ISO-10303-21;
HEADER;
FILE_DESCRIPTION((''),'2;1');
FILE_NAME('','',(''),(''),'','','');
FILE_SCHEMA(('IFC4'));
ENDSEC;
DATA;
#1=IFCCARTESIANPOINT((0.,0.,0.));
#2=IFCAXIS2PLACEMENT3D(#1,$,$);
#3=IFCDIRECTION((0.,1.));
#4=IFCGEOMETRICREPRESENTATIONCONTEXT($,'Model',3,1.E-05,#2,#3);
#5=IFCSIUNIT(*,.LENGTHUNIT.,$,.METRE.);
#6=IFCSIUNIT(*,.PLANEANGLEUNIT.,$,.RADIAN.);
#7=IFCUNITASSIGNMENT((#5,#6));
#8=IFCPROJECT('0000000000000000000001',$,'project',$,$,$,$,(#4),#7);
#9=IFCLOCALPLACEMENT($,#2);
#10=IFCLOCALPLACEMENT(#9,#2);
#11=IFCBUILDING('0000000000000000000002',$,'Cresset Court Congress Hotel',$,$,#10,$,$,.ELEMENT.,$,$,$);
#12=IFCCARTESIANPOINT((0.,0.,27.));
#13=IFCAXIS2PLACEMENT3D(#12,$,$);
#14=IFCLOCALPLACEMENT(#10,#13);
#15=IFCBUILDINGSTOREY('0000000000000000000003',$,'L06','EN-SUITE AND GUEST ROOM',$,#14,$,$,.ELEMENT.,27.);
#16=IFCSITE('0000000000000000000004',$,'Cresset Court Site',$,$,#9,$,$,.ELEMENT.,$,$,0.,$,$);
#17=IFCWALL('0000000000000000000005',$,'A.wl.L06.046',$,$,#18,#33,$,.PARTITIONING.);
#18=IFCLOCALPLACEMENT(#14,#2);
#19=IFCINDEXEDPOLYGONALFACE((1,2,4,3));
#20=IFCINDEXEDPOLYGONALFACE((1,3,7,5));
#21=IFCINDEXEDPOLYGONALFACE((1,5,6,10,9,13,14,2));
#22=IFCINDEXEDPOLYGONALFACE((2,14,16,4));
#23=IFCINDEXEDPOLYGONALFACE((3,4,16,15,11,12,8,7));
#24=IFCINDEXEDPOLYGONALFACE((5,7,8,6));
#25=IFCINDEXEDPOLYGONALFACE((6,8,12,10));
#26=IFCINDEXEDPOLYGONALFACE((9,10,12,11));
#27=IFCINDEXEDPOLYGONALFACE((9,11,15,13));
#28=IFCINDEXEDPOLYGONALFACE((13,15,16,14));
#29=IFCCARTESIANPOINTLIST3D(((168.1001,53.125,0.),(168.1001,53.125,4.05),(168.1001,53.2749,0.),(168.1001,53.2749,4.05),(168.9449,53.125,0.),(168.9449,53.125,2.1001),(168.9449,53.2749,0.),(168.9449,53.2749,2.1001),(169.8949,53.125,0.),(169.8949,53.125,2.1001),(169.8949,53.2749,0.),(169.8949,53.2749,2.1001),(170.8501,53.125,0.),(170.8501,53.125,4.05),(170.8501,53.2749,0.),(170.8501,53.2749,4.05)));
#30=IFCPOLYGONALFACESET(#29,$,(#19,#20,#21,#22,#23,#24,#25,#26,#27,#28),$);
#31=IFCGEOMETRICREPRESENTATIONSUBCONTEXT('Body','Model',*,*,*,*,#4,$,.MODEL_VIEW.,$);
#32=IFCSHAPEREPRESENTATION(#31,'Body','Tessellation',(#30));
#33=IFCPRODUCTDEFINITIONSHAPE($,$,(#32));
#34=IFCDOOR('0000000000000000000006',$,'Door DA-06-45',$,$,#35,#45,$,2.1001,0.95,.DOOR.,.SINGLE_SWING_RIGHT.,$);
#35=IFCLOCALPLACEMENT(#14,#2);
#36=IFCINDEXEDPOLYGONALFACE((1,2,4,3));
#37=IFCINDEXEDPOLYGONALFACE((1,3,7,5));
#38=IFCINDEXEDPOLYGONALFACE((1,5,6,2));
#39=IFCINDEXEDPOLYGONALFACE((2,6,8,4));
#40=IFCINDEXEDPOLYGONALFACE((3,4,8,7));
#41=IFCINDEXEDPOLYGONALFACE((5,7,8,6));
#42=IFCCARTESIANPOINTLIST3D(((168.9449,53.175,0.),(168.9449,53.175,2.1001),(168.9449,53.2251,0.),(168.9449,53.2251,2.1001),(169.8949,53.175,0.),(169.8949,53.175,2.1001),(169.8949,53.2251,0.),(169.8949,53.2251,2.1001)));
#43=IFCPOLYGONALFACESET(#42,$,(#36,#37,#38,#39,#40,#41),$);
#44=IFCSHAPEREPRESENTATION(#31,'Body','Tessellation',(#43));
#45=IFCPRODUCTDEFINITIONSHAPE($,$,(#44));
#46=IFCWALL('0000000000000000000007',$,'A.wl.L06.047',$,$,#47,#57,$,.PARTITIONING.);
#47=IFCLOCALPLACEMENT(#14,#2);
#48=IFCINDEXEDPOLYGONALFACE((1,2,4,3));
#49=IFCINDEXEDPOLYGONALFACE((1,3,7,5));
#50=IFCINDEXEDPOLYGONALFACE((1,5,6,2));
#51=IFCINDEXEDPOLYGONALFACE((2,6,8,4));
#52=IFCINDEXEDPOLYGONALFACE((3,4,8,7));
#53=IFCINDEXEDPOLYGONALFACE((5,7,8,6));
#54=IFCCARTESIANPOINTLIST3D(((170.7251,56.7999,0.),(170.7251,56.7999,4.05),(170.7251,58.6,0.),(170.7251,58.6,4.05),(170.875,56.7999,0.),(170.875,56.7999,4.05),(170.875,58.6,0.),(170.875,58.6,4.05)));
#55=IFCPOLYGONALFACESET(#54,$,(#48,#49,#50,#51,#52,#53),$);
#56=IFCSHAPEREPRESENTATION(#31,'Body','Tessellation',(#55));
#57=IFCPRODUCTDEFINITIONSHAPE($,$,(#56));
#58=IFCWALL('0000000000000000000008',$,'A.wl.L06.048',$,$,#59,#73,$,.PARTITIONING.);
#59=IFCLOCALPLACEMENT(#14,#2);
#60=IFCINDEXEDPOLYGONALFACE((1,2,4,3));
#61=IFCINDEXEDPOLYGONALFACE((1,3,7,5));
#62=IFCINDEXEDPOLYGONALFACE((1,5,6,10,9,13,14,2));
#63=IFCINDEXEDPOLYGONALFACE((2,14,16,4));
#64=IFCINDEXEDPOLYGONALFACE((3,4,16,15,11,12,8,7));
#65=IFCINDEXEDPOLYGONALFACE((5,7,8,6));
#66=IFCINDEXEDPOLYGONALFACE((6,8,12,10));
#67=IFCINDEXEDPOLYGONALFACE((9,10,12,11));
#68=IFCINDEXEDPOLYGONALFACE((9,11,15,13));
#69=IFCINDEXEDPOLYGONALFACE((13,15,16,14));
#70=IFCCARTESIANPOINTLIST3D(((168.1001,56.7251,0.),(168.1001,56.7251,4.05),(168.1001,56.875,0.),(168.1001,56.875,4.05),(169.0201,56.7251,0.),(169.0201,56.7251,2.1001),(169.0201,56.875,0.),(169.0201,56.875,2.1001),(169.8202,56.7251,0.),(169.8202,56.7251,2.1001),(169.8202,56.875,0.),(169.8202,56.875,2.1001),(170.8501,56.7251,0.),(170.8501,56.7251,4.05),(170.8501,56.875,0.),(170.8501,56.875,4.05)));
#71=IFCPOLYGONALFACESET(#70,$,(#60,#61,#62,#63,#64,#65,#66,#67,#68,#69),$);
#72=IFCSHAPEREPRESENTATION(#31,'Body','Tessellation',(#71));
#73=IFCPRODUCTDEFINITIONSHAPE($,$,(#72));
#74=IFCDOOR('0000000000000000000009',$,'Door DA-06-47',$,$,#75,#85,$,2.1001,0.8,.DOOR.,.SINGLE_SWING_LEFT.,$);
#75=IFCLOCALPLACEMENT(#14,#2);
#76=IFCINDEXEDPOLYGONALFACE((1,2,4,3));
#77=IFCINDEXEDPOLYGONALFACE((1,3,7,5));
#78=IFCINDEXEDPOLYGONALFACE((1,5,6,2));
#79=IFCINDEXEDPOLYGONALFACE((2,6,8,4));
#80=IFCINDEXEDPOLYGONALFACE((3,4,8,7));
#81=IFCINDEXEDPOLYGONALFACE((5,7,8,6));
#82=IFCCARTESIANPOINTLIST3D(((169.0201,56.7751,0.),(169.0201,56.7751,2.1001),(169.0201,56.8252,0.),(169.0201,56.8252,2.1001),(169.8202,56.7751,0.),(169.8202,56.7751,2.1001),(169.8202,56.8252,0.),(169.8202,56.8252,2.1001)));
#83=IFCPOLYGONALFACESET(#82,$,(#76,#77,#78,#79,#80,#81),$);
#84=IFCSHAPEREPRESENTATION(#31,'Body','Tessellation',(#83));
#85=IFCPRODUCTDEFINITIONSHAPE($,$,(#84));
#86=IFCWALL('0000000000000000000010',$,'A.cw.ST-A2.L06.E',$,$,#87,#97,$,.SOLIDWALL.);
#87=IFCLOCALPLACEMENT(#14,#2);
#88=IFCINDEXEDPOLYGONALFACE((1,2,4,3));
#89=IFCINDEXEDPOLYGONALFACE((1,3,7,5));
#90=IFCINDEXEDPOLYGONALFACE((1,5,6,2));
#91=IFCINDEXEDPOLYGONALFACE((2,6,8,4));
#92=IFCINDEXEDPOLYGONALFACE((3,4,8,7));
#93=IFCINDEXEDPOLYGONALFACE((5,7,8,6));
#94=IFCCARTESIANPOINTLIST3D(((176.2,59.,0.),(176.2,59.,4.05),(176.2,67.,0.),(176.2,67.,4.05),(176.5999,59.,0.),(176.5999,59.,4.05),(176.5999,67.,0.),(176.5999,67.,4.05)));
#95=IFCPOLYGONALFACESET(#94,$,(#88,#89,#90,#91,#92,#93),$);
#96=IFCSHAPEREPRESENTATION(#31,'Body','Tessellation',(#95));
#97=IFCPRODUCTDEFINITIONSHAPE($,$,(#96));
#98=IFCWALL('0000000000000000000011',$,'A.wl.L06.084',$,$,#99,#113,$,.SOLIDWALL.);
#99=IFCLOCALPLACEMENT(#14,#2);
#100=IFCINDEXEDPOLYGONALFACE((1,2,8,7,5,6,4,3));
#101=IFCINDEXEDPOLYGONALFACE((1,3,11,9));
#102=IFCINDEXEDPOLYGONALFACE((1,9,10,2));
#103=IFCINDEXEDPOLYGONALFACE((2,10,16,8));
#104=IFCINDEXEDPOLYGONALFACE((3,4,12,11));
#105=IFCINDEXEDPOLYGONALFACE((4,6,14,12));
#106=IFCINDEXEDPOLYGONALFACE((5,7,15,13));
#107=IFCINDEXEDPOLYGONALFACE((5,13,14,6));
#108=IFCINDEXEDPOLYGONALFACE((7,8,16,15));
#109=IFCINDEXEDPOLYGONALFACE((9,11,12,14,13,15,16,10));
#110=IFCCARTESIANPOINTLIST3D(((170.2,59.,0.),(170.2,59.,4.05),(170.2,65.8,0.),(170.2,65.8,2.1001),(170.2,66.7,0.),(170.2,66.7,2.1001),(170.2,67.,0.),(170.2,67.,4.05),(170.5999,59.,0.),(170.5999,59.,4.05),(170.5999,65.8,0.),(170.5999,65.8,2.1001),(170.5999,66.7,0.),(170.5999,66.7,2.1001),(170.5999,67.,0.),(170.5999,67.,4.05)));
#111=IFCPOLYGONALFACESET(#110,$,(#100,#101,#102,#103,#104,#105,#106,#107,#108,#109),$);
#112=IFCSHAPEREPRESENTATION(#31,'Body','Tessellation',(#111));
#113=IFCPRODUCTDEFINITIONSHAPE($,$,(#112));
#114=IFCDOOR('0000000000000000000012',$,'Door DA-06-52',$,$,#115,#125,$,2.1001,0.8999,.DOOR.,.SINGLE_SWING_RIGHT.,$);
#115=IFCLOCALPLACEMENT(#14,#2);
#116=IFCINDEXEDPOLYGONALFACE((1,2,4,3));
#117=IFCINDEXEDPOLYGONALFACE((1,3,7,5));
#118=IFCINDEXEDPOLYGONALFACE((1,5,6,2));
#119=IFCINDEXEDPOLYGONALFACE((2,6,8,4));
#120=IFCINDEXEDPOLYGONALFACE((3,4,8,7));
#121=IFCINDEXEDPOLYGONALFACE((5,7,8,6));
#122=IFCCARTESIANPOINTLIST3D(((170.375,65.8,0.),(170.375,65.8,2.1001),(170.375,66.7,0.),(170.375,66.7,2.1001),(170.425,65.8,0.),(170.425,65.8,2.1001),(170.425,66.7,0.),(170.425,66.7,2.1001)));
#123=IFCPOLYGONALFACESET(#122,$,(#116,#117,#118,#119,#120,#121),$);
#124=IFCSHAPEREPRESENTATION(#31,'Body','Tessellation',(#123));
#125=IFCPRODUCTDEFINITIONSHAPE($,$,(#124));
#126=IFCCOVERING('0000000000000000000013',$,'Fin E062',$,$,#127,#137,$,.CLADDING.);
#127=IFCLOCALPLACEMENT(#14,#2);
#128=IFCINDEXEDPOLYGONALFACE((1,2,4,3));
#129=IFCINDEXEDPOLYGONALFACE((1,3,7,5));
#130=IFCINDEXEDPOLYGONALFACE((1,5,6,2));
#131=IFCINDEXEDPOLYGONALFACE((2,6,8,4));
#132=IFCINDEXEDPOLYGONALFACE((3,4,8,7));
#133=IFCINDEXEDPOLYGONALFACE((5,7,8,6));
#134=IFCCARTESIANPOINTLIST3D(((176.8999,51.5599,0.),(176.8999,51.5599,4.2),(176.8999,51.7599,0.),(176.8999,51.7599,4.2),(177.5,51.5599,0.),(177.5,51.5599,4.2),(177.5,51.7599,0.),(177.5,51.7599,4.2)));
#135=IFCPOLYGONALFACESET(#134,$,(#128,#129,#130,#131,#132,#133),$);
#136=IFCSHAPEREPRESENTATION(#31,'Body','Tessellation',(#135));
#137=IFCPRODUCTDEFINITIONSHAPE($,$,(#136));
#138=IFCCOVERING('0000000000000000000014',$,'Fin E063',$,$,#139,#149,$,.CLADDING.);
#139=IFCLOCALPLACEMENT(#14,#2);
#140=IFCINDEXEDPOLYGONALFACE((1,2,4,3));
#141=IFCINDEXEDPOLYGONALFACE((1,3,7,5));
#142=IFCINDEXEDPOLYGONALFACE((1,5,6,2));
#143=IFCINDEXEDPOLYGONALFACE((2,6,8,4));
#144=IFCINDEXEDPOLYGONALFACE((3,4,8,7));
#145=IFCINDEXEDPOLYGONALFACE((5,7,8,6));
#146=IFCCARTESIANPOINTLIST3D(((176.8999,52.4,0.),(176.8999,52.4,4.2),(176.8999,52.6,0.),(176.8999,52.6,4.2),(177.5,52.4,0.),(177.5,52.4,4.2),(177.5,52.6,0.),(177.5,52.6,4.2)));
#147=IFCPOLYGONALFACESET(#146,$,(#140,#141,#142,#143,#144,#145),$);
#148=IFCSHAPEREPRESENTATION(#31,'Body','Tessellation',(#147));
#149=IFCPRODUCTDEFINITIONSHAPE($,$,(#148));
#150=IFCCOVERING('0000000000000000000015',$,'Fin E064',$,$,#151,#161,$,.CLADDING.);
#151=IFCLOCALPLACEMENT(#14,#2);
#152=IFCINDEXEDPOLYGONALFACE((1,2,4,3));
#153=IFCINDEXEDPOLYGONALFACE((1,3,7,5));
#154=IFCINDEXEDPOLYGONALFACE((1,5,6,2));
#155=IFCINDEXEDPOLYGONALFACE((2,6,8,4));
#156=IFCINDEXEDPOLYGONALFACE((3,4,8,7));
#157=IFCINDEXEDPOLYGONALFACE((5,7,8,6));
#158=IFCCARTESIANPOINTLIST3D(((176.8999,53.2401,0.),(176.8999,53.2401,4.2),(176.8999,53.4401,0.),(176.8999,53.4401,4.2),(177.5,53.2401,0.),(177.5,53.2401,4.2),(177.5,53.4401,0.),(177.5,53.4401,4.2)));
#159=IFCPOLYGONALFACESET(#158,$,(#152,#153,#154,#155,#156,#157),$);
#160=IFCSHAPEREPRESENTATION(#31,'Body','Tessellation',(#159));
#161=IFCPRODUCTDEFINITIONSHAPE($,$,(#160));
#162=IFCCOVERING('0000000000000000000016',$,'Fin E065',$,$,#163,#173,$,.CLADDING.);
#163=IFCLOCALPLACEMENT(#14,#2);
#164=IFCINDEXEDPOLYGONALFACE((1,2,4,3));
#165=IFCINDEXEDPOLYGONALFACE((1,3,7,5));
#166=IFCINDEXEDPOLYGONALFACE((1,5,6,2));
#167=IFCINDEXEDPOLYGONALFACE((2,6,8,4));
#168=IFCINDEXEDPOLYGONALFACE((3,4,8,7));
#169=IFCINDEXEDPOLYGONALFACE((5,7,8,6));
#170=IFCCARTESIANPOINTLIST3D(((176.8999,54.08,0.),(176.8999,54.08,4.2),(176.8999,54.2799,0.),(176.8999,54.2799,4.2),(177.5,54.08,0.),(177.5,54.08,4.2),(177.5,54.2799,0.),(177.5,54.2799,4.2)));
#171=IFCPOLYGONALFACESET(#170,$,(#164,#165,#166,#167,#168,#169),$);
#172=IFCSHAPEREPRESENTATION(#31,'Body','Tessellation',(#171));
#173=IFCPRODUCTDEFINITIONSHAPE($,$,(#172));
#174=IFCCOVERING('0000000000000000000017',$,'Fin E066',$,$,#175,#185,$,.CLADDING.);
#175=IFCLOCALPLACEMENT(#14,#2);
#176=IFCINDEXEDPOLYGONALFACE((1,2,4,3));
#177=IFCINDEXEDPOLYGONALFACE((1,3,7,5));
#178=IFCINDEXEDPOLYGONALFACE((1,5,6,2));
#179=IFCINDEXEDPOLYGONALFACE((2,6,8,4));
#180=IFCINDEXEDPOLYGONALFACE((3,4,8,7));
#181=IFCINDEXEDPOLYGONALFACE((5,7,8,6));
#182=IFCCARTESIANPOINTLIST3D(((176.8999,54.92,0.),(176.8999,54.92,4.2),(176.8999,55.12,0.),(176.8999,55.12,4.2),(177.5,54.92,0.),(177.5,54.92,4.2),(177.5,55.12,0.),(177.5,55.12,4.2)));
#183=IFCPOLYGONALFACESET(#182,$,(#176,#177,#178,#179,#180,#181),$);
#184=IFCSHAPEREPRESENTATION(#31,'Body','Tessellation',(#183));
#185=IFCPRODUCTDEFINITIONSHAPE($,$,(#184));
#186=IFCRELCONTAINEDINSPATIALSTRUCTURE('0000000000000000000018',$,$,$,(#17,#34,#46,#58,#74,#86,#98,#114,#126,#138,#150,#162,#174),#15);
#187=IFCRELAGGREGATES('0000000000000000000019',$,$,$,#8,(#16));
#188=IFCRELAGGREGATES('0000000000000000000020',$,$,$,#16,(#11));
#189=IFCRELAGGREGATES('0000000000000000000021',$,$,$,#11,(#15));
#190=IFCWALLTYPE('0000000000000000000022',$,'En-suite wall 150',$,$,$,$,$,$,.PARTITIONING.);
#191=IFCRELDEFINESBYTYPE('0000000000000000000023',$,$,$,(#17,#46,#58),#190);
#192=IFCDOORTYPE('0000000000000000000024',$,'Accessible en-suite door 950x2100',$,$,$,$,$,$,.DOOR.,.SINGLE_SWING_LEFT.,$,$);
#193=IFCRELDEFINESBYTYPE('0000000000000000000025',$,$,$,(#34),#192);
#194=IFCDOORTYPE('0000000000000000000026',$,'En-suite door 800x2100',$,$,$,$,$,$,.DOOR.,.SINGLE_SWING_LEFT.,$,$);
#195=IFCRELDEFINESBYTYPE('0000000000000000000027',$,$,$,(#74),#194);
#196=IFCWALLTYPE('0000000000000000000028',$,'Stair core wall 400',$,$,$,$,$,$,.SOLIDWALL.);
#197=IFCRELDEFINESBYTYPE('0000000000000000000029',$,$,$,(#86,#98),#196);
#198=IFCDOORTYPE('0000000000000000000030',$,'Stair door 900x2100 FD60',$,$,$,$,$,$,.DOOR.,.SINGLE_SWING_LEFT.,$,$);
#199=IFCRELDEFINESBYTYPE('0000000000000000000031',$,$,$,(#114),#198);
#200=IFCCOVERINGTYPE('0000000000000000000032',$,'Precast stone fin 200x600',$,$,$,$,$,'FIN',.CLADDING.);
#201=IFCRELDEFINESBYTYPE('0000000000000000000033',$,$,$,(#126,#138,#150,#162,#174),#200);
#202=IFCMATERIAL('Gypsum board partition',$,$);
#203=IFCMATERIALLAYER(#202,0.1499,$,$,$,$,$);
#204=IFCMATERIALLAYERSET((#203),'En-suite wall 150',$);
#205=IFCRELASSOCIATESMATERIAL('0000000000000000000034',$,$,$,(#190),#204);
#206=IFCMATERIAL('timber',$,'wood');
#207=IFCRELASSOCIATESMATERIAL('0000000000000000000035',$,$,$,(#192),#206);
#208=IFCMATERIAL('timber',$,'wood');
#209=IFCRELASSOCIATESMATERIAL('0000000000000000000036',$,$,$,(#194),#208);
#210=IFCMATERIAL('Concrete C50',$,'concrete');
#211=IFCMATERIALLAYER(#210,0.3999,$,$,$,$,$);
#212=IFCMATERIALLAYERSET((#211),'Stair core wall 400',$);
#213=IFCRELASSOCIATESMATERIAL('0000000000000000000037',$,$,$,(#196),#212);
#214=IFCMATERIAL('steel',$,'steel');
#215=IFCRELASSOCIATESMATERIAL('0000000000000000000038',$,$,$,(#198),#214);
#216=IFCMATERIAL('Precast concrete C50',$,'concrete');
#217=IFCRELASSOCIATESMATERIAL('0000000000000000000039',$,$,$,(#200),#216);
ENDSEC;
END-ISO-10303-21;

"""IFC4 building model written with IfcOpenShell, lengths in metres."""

from ifc_helpers import new_model, si_unit, direction, frame, frame_2d, origin, origin_2d, place, context, subcontext, project, spatial, rectangle, extrude, material, layer, layer_set, type_object, element, fill, save


model = new_model("IFC4")

# Units and contexts
model_context = context("Model", 3, precision=1e-05, world=origin(), true_north=direction((0.0, 1.0)))
body_context = subcontext(model_context, "Body", "Model", "MODEL_VIEW")
ifc_project = project(units=[si_unit("LENGTHUNIT", "METRE"), si_unit("PLANEANGLEUNIT", "RADIAN")], contexts=[model_context])

# Site, building, storey
site_placement = place(None, origin())
site = spatial("IfcSite", under=ifc_project, at=site_placement, Name="Cresset Court Site", CompositionType="ELEMENT", RefElevation=0.0)
building_placement = place(site_placement, origin())
building = spatial("IfcBuilding", under=site, at=building_placement, Name="Cresset Court Congress Hotel", CompositionType="ELEMENT")
storey_placement = place(building_placement, frame((0.0, 0.0, 27.0)))
storey = spatial("IfcBuildingStorey", under=building, at=storey_placement, Name="L06", Description="EN-SUITE AND GUEST ROOM", CompositionType="ELEMENT", Elevation=27.0)

# Wall, opening, door
ifc_material_1 = material(Name="Gypsum board partition")
ifc_layer_1 = layer(ifc_material_1, 0.1499)
ifc_layer_set_1 = layer_set([ifc_layer_1], Name="En-suite wall 150")
wall_type_1 = type_object("IfcWallType", Name="En-suite wall 150", PredefinedType="PARTITIONING", material=ifc_layer_set_1)
wall_1_placement = place(storey_placement, frame((170.8501, 53.2, 0.0), z_axis=(0.0, 0.0, 1.0), x_axis=(-1.0, 0.0, 0.0)))
wall_1 = element("IfcWall", 1, at=wall_1_placement, inside=storey, type_object=wall_type_1, Name="A.wl.L06.046", PredefinedType="PARTITIONING", context=body_context, shape_type="SweptSolid", body=[
    extrude(rectangle(XDim=2.75, YDim=0.1499, at=frame_2d((1.375, 0.0))), origin(), (0.0, 0.0, 1.0), 4.05),
])
opening_1_placement = place(wall_1_placement, frame((0.9551, 0.0, 0.0)))
opening_1 = element("IfcOpeningElement", 2, at=opening_1_placement, cuts=wall_1, PredefinedType="OPENING", context=body_context, shape_type="SweptSolid", body=[
    extrude(rectangle(XDim=0.95, YDim=2.1001, at=frame_2d((0.4751, 1.05))), frame((0.0, 0.085, 0.0), z_axis=(0.0, -1.0, 0.0), x_axis=(1.0, 0.0, 0.0)), (0.0, 0.0, 1.0), 0.1699),
])
ifc_material_2 = material(Name="timber", Category="wood")
door_type_1 = type_object("IfcDoorType", Name="Accessible en-suite door 950x2100", OperationType="SINGLE_SWING_LEFT", PredefinedType="DOOR", material=ifc_material_2)
door_1_placement = place(opening_1_placement, origin())
door_1 = element("IfcDoor", 3, at=door_1_placement, inside=storey, type_object=door_type_1, Name="Door DA-06-45", OperationType="SINGLE_SWING_RIGHT", OverallHeight=2.1001, OverallWidth=0.95, PredefinedType="DOOR", context=body_context, shape_type="SweptSolid", body=[
    extrude(rectangle(XDim=0.95, YDim=2.1001, at=frame_2d((0.4751, 1.05))), frame((0.0, 0.0249, 0.0), z_axis=(0.0, -1.0, 0.0), x_axis=(1.0, 0.0, 0.0)), (0.0, 0.0, 1.0), 0.05),
])
fill(opening_1, door_1)

# Wall
wall_2_placement = place(storey_placement, frame((170.8, 56.8, 0.0), z_axis=(0.0, 0.0, 1.0), x_axis=(0.0, 1.0, 0.0)))
element("IfcWall", 4, at=wall_2_placement, inside=storey, type_object=wall_type_1, Name="A.wl.L06.047", PredefinedType="PARTITIONING", context=body_context, shape_type="SweptSolid", body=[
    extrude(rectangle(XDim=1.8, YDim=0.1499, at=frame_2d((0.8999, 0.0))), origin(), (0.0, 0.0, 1.0), 4.05),
])

# Wall, opening, door
wall_3_placement = place(storey_placement, frame((170.8501, 56.8, 0.0), z_axis=(0.0, 0.0, 1.0), x_axis=(-1.0, 0.0, 0.0)))
wall_3 = element("IfcWall", 5, at=wall_3_placement, inside=storey, type_object=wall_type_1, Name="A.wl.L06.048", PredefinedType="PARTITIONING", context=body_context, shape_type="SweptSolid", body=[
    extrude(rectangle(XDim=2.75, YDim=0.1499, at=frame_2d((1.375, 0.0))), origin(), (0.0, 0.0, 1.0), 4.05),
])
opening_2_placement = place(wall_3_placement, frame((1.03, 0.0, 0.0)))
opening_2 = element("IfcOpeningElement", 6, at=opening_2_placement, cuts=wall_3, PredefinedType="OPENING", context=body_context, shape_type="SweptSolid", body=[
    extrude(rectangle(XDim=0.8, YDim=2.1001, at=frame_2d((0.3999, 1.05))), frame((0.0, 0.085, 0.0), z_axis=(0.0, -1.0, 0.0), x_axis=(1.0, 0.0, 0.0)), (0.0, 0.0, 1.0), 0.1699),
])
ifc_material_3 = material(Name="timber", Category="wood")
door_type_2 = type_object("IfcDoorType", Name="En-suite door 800x2100", OperationType="SINGLE_SWING_LEFT", PredefinedType="DOOR", material=ifc_material_3)
door_2_placement = place(opening_2_placement, origin())
door_2 = element("IfcDoor", 7, at=door_2_placement, inside=storey, type_object=door_type_2, Name="Door DA-06-47", OperationType="SINGLE_SWING_LEFT", OverallHeight=2.1001, OverallWidth=0.8, PredefinedType="DOOR", context=body_context, shape_type="SweptSolid", body=[
    extrude(rectangle(XDim=0.8, YDim=2.1001, at=frame_2d((0.3999, 1.05))), frame((0.0, 0.0249, 0.0), z_axis=(0.0, -1.0, 0.0), x_axis=(1.0, 0.0, 0.0)), (0.0, 0.0, 1.0), 0.05),
])
fill(opening_2, door_2)

# Wall
ifc_material_4 = material(Name="Concrete C50", Category="concrete")
ifc_layer_2 = layer(ifc_material_4, 0.3999)
ifc_layer_set_2 = layer_set([ifc_layer_2], Name="Stair core wall 400")
wall_type_2 = type_object("IfcWallType", Name="Stair core wall 400", PredefinedType="SOLIDWALL", material=ifc_layer_set_2)
wall_4_placement = place(storey_placement, frame((176.3999, 59.0, 0.0), z_axis=(0.0, 0.0, 1.0), x_axis=(0.0, 1.0, 0.0)))
element("IfcWall", 8, at=wall_4_placement, inside=storey, type_object=wall_type_2, Name="A.cw.ST-A2.L06.E", PredefinedType="SOLIDWALL", context=body_context, shape_type="SweptSolid", body=[
    extrude(rectangle(XDim=8.0, YDim=0.3999, at=frame_2d((4.0, 0.0))), origin(), (0.0, 0.0, 1.0), 4.05),
])

# Wall, opening, door
wall_5_placement = place(storey_placement, frame((170.3999, 59.0, 0.0), z_axis=(0.0, 0.0, 1.0), x_axis=(0.0, 1.0, 0.0)))
wall_5 = element("IfcWall", 9, at=wall_5_placement, inside=storey, type_object=wall_type_2, Name="A.wl.L06.084", PredefinedType="SOLIDWALL", context=body_context, shape_type="SweptSolid", body=[
    extrude(rectangle(XDim=8.0, YDim=0.3999, at=frame_2d((4.0, 0.0))), origin(), (0.0, 0.0, 1.0), 4.05),
])
opening_3_placement = place(wall_5_placement, frame((6.8, 0.0, 0.0)))
opening_3 = element("IfcOpeningElement", 10, at=opening_3_placement, cuts=wall_5, PredefinedType="OPENING", context=body_context, shape_type="SweptSolid", body=[
    extrude(rectangle(XDim=0.8999, YDim=2.1001, at=frame_2d((0.45, 1.05))), frame((0.0, 0.21, 0.0), z_axis=(0.0, -1.0, 0.0), x_axis=(1.0, 0.0, 0.0)), (0.0, 0.0, 1.0), 0.4199),
])
ifc_material_5 = material(Name="steel", Category="steel")
door_type_3 = type_object("IfcDoorType", Name="Stair door 900x2100 FD60", OperationType="SINGLE_SWING_LEFT", PredefinedType="DOOR", material=ifc_material_5)
door_3_placement = place(opening_3_placement, origin())
door_3 = element("IfcDoor", 11, at=door_3_placement, inside=storey, type_object=door_type_3, Name="Door DA-06-52", OperationType="SINGLE_SWING_RIGHT", OverallHeight=2.1001, OverallWidth=0.8999, PredefinedType="DOOR", context=body_context, shape_type="SweptSolid", body=[
    extrude(rectangle(XDim=0.8999, YDim=2.1001, at=frame_2d((0.45, 1.05))), frame((0.0, 0.0249, 0.0), z_axis=(0.0, -1.0, 0.0), x_axis=(1.0, 0.0, 0.0)), (0.0, 0.0, 1.0), 0.05),
])
fill(opening_3, door_3)

# Coverings
ifc_material_6 = material(Name="Precast concrete C50", Category="concrete")
covering_type_1 = type_object("IfcCoveringType", Name="Precast stone fin 200x600", ElementType="FIN", PredefinedType="CLADDING", material=ifc_material_6)
for number, where, z_axis, x_axis, name in (
    (12, (177.2, 51.6599, 0.0), (0.0, 0.0, 1.0), (1.0, 0.0, 0.0), "Fin E062"),
    (13, (177.2, 52.5, 0.0), (0.0, 0.0, 1.0), (1.0, 0.0, 0.0), "Fin E063"),
    (14, (177.2, 53.3401, 0.0), (0.0, 0.0, 1.0), (1.0, 0.0, 0.0), "Fin E064"),
    (15, (177.2, 54.1799, 0.0), (0.0, 0.0, 1.0), (1.0, 0.0, 0.0), "Fin E065"),
    (16, (177.2, 55.02, 0.0), (0.0, 0.0, 1.0), (1.0, 0.0, 0.0), "Fin E066"),
):
    element("IfcCovering", number, at=place(storey_placement, frame(where, z_axis=z_axis, x_axis=x_axis)), inside=storey, type_object=covering_type_1, Name=name, PredefinedType="CLADDING", context=body_context, shape_type="SweptSolid", body=[
        extrude(rectangle(XDim=0.6001, YDim=0.2, at=origin_2d()), origin(), (0.0, 0.0, 1.0), 4.2),
    ])

save(model, "model.ifc")
